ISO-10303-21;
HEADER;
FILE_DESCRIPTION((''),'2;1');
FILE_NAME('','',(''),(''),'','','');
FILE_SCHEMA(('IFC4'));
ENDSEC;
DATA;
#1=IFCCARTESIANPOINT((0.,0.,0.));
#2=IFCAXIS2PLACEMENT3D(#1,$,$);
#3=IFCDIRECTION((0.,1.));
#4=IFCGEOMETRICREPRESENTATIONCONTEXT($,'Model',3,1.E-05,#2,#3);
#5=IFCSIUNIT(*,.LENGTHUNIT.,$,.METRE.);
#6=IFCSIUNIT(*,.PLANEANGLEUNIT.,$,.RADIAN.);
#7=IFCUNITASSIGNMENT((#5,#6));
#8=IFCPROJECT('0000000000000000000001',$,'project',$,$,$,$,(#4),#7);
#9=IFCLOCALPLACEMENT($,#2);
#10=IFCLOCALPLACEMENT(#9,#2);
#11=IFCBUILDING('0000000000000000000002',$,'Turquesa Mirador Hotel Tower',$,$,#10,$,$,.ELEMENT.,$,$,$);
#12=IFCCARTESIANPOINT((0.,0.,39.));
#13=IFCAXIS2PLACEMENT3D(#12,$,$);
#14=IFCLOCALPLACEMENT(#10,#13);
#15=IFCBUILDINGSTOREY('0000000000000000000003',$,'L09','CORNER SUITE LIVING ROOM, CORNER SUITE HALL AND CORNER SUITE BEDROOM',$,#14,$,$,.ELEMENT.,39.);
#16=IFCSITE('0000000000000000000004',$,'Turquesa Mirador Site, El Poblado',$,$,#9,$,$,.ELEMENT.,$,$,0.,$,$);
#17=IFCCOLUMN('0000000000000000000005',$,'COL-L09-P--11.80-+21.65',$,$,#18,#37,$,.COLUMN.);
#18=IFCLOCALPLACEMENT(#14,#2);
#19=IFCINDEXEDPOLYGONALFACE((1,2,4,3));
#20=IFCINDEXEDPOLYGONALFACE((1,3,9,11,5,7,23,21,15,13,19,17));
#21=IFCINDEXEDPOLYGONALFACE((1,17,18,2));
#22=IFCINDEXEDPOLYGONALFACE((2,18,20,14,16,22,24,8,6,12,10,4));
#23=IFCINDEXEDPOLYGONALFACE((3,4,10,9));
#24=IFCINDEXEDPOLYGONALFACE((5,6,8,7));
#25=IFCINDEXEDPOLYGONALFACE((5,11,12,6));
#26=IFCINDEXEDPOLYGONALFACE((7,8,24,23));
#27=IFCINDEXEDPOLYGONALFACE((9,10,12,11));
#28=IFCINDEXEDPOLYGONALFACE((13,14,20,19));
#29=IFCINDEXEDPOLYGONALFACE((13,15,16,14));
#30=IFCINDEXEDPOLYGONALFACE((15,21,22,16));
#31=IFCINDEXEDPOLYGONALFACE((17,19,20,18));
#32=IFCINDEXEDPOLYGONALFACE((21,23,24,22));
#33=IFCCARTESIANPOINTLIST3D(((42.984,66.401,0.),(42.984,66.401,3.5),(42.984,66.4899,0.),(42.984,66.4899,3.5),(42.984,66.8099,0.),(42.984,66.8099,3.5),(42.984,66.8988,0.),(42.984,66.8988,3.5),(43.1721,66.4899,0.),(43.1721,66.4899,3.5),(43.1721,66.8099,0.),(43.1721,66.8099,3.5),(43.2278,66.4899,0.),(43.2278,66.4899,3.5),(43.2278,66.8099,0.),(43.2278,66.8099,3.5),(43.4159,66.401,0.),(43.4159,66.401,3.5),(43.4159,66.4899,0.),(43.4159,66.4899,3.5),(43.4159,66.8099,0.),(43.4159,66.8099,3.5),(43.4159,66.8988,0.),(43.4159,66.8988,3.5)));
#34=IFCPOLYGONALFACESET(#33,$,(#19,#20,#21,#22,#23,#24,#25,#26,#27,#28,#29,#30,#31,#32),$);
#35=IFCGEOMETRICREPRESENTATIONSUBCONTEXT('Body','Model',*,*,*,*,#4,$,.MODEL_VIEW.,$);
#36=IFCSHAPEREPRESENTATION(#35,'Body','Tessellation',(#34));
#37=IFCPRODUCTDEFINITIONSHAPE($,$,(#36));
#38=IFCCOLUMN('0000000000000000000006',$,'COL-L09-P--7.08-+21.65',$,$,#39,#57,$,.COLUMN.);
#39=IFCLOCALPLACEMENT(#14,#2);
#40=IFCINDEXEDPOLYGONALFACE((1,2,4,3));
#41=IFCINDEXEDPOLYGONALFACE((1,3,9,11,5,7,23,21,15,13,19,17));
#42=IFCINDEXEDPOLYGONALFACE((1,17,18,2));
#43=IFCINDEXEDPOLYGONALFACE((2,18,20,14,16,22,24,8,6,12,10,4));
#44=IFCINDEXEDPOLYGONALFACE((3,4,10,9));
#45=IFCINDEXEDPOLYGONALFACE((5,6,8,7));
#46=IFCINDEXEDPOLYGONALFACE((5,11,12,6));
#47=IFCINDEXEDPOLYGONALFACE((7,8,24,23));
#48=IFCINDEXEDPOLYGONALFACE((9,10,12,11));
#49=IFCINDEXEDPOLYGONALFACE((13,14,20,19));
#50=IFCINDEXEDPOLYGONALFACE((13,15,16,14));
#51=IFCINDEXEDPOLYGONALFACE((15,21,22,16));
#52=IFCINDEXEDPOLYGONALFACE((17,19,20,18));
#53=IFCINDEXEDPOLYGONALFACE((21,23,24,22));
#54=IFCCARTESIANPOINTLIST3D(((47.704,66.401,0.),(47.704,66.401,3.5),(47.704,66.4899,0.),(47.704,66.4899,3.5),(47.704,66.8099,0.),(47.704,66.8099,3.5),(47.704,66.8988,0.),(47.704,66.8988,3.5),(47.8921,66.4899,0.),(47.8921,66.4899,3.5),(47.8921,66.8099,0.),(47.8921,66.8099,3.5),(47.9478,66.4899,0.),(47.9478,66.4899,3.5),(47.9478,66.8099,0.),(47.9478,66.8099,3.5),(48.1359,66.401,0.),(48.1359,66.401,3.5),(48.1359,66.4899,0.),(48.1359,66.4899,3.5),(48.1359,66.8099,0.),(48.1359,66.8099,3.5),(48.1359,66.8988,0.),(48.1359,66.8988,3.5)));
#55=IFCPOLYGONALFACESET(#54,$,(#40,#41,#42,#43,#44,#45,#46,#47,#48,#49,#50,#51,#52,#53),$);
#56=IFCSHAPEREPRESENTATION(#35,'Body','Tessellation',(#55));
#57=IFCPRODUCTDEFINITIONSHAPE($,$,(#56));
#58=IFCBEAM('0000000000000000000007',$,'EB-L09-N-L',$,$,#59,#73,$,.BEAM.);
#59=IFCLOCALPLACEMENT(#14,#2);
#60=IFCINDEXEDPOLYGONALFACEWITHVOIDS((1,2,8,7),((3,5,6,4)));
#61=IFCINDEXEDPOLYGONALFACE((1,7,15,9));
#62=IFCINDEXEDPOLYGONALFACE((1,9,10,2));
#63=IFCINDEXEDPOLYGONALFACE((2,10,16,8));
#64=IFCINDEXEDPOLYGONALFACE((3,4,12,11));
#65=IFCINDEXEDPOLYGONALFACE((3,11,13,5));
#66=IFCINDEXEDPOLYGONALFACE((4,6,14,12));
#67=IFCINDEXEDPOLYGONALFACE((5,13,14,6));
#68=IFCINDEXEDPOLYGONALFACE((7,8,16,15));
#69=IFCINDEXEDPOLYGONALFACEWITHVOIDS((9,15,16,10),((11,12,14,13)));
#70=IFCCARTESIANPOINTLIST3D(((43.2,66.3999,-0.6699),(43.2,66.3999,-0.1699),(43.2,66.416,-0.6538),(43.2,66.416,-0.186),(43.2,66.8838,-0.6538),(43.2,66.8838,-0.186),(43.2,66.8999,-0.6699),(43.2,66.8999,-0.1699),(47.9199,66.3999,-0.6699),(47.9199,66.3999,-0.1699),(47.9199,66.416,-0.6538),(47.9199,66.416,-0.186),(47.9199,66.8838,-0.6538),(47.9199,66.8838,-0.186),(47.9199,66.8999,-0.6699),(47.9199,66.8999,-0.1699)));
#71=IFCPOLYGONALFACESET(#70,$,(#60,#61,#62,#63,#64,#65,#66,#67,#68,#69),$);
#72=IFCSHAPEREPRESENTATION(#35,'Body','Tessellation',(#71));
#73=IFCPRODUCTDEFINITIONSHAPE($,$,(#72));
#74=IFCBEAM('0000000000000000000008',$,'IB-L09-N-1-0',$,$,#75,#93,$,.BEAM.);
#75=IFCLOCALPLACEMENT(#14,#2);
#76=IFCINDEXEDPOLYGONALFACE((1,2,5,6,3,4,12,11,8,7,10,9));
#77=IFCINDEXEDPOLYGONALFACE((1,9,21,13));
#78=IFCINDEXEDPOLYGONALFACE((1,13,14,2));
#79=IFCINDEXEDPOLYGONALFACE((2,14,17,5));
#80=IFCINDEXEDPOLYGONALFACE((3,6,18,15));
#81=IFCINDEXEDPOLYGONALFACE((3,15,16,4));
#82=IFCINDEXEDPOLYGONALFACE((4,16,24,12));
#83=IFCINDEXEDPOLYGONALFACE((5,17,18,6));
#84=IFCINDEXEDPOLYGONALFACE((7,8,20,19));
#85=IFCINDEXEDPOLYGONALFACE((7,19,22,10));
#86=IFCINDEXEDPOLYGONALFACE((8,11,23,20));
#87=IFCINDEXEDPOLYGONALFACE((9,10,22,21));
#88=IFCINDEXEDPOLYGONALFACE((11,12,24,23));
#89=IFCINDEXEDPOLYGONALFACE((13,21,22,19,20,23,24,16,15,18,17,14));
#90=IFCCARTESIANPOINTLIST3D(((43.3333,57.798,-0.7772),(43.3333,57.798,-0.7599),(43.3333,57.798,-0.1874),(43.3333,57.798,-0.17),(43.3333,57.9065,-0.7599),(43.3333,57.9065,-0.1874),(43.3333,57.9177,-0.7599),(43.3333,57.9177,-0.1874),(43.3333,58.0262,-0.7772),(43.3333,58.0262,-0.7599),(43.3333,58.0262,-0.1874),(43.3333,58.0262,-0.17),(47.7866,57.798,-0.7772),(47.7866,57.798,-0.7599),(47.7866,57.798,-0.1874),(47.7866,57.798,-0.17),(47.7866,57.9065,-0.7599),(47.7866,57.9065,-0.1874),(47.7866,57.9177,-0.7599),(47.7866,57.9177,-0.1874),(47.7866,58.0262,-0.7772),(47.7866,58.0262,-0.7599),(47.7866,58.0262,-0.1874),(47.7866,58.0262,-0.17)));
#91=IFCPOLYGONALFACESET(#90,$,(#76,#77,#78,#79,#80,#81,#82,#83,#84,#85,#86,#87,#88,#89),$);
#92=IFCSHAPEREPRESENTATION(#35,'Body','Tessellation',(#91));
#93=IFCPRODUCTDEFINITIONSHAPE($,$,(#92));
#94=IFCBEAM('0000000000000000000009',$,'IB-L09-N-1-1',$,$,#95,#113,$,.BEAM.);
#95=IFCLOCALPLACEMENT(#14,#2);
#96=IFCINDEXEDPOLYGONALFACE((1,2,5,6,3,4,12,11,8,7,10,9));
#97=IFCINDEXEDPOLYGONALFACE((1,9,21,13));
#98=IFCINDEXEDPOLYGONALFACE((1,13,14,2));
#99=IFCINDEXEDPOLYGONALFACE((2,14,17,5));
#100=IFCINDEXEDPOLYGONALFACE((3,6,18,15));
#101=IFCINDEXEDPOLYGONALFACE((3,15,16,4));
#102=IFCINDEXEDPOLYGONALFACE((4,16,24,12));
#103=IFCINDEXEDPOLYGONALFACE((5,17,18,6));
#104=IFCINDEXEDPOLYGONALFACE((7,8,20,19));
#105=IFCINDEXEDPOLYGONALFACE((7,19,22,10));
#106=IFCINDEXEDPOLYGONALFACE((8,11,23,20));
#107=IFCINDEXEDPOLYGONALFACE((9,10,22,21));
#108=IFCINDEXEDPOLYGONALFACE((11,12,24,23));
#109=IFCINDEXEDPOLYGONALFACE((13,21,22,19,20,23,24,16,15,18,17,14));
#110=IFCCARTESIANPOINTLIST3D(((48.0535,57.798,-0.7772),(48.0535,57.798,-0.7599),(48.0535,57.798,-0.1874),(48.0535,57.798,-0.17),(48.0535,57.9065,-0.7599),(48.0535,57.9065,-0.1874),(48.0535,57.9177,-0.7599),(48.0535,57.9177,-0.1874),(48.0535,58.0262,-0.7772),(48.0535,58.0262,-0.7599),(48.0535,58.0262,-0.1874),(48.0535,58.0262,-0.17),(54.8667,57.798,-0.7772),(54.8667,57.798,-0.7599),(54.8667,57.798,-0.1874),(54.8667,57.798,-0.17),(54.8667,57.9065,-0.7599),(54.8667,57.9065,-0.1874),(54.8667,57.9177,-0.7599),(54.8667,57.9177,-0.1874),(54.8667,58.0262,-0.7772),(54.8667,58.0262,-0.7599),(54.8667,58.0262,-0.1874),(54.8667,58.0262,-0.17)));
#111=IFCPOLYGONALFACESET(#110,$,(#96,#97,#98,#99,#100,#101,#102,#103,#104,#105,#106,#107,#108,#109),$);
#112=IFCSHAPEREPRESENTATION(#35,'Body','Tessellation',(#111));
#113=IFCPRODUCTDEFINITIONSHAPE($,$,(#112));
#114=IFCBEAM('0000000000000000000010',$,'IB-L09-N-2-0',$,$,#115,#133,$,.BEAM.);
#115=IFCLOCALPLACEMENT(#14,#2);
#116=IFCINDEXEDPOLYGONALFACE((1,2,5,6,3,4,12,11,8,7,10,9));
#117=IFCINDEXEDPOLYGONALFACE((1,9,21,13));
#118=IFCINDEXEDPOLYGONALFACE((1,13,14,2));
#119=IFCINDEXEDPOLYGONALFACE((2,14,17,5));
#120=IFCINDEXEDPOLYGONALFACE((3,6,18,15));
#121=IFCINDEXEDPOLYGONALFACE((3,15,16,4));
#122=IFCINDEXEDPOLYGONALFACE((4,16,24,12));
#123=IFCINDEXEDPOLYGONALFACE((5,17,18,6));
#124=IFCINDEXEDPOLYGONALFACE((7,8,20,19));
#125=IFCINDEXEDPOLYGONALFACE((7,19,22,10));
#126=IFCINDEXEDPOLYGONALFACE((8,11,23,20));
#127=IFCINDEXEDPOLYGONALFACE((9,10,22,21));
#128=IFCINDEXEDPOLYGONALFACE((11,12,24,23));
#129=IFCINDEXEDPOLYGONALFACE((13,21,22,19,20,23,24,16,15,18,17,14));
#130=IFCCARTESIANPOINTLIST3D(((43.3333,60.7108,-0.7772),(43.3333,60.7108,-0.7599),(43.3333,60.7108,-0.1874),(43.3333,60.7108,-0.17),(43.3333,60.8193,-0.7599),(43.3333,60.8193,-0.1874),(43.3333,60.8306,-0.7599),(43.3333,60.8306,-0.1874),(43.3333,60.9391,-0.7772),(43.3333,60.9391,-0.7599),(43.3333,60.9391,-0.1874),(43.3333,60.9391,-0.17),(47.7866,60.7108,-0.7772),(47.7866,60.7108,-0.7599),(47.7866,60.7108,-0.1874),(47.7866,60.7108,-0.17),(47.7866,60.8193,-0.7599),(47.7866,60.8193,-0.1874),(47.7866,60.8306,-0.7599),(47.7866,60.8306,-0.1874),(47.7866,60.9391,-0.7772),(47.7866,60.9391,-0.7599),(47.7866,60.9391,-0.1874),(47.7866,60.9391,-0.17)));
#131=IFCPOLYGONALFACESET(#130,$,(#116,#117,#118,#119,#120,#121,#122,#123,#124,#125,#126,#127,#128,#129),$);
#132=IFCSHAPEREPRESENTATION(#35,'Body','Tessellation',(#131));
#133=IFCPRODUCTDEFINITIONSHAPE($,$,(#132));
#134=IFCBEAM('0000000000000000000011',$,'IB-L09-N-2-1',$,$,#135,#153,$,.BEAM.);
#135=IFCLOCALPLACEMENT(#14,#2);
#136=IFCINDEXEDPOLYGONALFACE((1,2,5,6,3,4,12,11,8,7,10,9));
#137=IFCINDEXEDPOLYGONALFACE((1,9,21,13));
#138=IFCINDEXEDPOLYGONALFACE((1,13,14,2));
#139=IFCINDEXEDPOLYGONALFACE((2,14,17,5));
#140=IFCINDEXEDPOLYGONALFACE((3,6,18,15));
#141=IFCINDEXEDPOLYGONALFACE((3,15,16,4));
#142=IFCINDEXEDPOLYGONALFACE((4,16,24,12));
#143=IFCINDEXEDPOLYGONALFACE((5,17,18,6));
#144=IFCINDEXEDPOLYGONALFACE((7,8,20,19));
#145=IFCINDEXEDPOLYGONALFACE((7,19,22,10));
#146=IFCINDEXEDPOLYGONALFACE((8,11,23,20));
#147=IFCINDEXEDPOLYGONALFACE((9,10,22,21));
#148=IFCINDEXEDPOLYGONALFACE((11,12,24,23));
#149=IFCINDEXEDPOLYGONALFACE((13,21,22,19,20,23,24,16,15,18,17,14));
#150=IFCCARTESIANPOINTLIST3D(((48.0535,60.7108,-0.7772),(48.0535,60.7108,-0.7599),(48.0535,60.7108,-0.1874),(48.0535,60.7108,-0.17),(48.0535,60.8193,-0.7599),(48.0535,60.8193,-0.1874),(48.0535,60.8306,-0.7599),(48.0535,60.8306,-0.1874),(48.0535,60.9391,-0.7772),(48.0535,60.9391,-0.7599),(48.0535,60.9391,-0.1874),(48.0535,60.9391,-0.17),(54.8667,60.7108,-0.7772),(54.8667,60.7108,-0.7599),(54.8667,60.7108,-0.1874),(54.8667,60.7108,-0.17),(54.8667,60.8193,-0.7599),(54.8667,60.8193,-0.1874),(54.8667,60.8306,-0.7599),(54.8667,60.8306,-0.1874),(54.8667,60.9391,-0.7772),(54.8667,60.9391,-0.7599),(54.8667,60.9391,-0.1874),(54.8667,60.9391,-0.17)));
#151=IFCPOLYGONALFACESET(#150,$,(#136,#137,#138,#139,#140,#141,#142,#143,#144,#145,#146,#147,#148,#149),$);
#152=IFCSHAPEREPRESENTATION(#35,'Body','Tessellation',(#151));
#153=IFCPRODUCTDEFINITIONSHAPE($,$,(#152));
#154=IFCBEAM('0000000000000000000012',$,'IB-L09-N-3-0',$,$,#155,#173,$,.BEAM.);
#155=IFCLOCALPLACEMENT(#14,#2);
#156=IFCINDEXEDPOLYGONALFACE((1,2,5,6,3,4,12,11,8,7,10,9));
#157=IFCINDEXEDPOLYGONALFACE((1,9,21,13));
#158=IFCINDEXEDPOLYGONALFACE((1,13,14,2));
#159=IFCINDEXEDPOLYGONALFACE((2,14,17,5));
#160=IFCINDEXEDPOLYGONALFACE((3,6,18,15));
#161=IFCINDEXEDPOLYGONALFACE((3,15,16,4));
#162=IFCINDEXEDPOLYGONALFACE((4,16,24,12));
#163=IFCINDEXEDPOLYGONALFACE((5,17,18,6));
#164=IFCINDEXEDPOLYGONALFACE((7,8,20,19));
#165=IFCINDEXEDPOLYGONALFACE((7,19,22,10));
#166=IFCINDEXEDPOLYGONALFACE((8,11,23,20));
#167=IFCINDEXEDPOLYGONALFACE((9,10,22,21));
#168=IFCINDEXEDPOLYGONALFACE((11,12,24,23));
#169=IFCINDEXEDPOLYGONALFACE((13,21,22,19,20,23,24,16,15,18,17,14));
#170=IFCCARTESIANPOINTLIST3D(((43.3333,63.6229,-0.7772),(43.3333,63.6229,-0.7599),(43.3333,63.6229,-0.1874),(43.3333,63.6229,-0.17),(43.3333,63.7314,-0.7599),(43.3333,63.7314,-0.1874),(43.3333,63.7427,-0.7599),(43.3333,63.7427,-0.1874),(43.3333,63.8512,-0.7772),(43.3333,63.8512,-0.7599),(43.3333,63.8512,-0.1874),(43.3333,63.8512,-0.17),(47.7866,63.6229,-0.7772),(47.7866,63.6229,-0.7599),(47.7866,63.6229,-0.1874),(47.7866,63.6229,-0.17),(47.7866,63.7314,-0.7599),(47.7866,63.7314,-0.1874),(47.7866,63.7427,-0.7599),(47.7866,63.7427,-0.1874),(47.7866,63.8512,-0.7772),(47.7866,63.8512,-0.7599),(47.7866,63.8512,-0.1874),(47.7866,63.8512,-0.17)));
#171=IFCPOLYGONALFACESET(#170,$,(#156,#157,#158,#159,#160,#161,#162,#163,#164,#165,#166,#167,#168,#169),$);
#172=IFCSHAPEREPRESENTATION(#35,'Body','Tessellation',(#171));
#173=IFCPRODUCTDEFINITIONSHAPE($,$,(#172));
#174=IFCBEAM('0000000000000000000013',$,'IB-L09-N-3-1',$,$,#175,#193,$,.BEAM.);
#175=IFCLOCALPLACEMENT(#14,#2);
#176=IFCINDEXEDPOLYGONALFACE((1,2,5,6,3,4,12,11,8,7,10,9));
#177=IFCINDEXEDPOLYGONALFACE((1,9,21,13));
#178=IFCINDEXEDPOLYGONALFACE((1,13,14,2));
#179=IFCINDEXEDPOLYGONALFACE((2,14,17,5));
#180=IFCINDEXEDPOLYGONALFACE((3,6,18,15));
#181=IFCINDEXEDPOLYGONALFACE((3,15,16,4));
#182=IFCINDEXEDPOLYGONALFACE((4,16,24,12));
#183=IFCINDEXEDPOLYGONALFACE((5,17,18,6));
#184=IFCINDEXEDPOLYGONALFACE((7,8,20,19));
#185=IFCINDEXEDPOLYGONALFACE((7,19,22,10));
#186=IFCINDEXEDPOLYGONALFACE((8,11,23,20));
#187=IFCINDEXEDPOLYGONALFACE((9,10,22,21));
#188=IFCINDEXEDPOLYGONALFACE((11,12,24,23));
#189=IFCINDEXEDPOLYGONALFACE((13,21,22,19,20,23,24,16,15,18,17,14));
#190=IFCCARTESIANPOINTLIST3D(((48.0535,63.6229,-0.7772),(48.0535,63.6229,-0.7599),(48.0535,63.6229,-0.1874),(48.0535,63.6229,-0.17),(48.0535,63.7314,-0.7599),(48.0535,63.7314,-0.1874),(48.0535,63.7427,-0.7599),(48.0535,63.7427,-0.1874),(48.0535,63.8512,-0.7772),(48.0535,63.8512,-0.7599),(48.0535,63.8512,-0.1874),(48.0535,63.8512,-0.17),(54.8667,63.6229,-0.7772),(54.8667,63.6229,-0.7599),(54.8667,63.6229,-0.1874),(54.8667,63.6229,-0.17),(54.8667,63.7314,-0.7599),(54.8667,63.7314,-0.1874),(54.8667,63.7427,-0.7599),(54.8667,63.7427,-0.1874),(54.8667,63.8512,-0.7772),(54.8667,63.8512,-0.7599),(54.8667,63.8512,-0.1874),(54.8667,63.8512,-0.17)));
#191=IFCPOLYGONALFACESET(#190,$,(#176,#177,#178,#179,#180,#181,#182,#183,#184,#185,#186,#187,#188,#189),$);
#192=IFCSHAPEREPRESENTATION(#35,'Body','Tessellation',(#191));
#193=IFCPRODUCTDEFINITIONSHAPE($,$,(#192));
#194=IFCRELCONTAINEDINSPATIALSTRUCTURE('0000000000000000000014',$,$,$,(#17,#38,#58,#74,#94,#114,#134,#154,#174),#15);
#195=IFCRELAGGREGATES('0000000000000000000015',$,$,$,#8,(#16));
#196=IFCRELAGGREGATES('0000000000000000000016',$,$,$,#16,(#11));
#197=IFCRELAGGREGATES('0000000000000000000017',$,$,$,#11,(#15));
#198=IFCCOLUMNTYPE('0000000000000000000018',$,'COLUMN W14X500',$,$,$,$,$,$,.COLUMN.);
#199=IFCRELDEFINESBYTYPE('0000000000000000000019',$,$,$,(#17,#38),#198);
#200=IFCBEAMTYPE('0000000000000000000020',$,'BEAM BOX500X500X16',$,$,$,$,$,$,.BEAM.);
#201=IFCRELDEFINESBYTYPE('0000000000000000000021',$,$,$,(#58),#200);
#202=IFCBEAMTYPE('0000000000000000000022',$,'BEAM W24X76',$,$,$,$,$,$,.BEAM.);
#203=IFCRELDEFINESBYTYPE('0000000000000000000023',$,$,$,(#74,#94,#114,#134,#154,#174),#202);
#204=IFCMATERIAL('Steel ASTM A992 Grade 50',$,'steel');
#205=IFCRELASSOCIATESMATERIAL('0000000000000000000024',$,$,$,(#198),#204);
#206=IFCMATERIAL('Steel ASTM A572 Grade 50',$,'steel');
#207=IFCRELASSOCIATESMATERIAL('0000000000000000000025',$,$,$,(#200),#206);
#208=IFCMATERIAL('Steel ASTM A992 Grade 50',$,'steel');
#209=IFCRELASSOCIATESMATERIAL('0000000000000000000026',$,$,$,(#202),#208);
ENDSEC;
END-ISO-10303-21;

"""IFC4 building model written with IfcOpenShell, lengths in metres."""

from ifc_helpers import new_model, si_unit, direction, frame, origin, origin_2d, place, context, subcontext, project, spatial, hollow_rectangle, i_section, extrude, material, material_profile, profile_set, type_object, element, save


model = new_model("IFC4")

# Units and contexts
model_context = context("Model", 3, precision=1e-05, world=origin(), true_north=direction((0.0, 1.0)))
body_context = subcontext(model_context, "Body", "Model", "MODEL_VIEW")
ifc_project = project(units=[si_unit("LENGTHUNIT", "METRE"), si_unit("PLANEANGLEUNIT", "RADIAN")], contexts=[model_context])

# Site, building, storey
site_placement = place(None, origin())
site = spatial("IfcSite", under=ifc_project, at=site_placement, Name="Turquesa Mirador Site, El Poblado", CompositionType="ELEMENT", RefElevation=0.0)
building_placement = place(site_placement, origin())
building = spatial("IfcBuilding", under=site, at=building_placement, Name="Turquesa Mirador Hotel Tower", CompositionType="ELEMENT")
storey_placement = place(building_placement, frame((0.0, 0.0, 39.0)))
storey = spatial("IfcBuildingStorey", under=building, at=storey_placement, Name="L09", Description="CORNER SUITE LIVING ROOM, CORNER SUITE HALL AND CORNER SUITE BEDROOM", CompositionType="ELEMENT", Elevation=39.0)

# Columns
ifc_material_1 = material(Name="Steel ASTM A992 Grade 50", Category="steel")
ifc_material_profile_1 = material_profile(ifc_material_1, i_section(OverallWidth=0.4319, OverallDepth=0.4978, WebThickness=0.0557, FlangeThickness=0.0889, at=origin_2d()), Name="W14X500")
ifc_profile_set_1 = profile_set([ifc_material_profile_1], Name="Steel ASTM A992 Grade 50")
column_type = type_object("IfcColumnType", Name="COLUMN W14X500", PredefinedType="COLUMN", material=ifc_profile_set_1)
for number, where, z_axis, x_axis, name in (
    (1, (43.2, 66.6499, 0.0), (0.0, 0.0, 1.0), (1.0, 0.0, 0.0), "COL-L09-P--11.80-+21.65"),
    (2, (47.9199, 66.6499, 0.0), (0.0, 0.0, 1.0), (1.0, 0.0, 0.0), "COL-L09-P--7.08-+21.65"),
):
    element("IfcColumn", number, at=place(storey_placement, frame(where, z_axis=z_axis, x_axis=x_axis)), inside=storey, type_object=column_type, Name=name, PredefinedType="COLUMN", context=body_context, shape_type="SweptSolid", body=[
        extrude(i_section(OverallWidth=0.4319, OverallDepth=0.4978, WebThickness=0.0557, FlangeThickness=0.0889, at=origin_2d()), origin(), (0.0, 0.0, 1.0), 3.5),
    ])

# Beams
ifc_material_2 = material(Name="Steel ASTM A572 Grade 50", Category="steel")
ifc_material_profile_2 = material_profile(ifc_material_2, hollow_rectangle(XDim=0.5, YDim=0.5, WallThickness=0.0161, at=origin_2d()), Name="BOX500X500X16")
ifc_profile_set_2 = profile_set([ifc_material_profile_2], Name="Steel ASTM A572 Grade 50")
beam_type_1 = type_object("IfcBeamType", Name="BEAM BOX500X500X16", PredefinedType="BEAM", material=ifc_profile_set_2)
beam_1_placement = place(storey_placement, frame((43.2, 66.6499, -0.4199), z_axis=(1.0, 0.0, 0.0), x_axis=(0.0, 1.0, 0.0)))
element("IfcBeam", 3, at=beam_1_placement, inside=storey, type_object=beam_type_1, Name="EB-L09-N-L", PredefinedType="BEAM", context=body_context, shape_type="SweptSolid", body=[
    extrude(hollow_rectangle(XDim=0.5, YDim=0.5, WallThickness=0.0161, at=origin_2d()), origin(), (0.0, 0.0, 1.0), 4.72),
])
ifc_material_3 = material(Name="Steel ASTM A992 Grade 50", Category="steel")
ifc_material_profile_3 = material_profile(ifc_material_3, i_section(OverallWidth=0.2283, OverallDepth=0.6072, WebThickness=0.0112, FlangeThickness=0.0173, at=origin_2d()), Name="W24X76")
ifc_profile_set_3 = profile_set([ifc_material_profile_3], Name="Steel ASTM A992 Grade 50")
beam_type_2 = type_object("IfcBeamType", Name="BEAM W24X76", PredefinedType="BEAM", material=ifc_profile_set_3)
beam_2_placement = place(storey_placement, frame((43.3333, 57.9121, -0.4736), z_axis=(1.0, 0.0, 0.0), x_axis=(0.0, 1.0, 0.0)))
element("IfcBeam", 4, at=beam_2_placement, inside=storey, type_object=beam_type_2, Name="IB-L09-N-1-0", PredefinedType="BEAM", context=body_context, shape_type="SweptSolid", body=[
    extrude(i_section(OverallWidth=0.2283, OverallDepth=0.6072, WebThickness=0.0112, FlangeThickness=0.0173, at=origin_2d()), origin(), (0.0, 0.0, 1.0), 4.4534),
])
beam_3_placement = place(storey_placement, frame((48.0535, 57.9121, -0.4736), z_axis=(1.0, 0.0, 0.0), x_axis=(0.0, 1.0, 0.0)))
element("IfcBeam", 5, at=beam_3_placement, inside=storey, type_object=beam_type_2, Name="IB-L09-N-1-1", PredefinedType="BEAM", context=body_context, shape_type="SweptSolid", body=[
    extrude(i_section(OverallWidth=0.2283, OverallDepth=0.6072, WebThickness=0.0112, FlangeThickness=0.0173, at=origin_2d()), origin(), (0.0, 0.0, 1.0), 6.8132),
])
beam_4_placement = place(storey_placement, frame((43.3333, 60.825, -0.4736), z_axis=(1.0, 0.0, 0.0), x_axis=(0.0, 1.0, 0.0)))
element("IfcBeam", 6, at=beam_4_placement, inside=storey, type_object=beam_type_2, Name="IB-L09-N-2-0", PredefinedType="BEAM", context=body_context, shape_type="SweptSolid", body=[
    extrude(i_section(OverallWidth=0.2283, OverallDepth=0.6072, WebThickness=0.0112, FlangeThickness=0.0173, at=origin_2d()), origin(), (0.0, 0.0, 1.0), 4.4534),
])
beam_5_placement = place(storey_placement, frame((48.0535, 60.825, -0.4736), z_axis=(1.0, 0.0, 0.0), x_axis=(0.0, 1.0, 0.0)))
element("IfcBeam", 7, at=beam_5_placement, inside=storey, type_object=beam_type_2, Name="IB-L09-N-2-1", PredefinedType="BEAM", context=body_context, shape_type="SweptSolid", body=[
    extrude(i_section(OverallWidth=0.2283, OverallDepth=0.6072, WebThickness=0.0112, FlangeThickness=0.0173, at=origin_2d()), origin(), (0.0, 0.0, 1.0), 6.8132),
])
beam_6_placement = place(storey_placement, frame((43.3333, 63.7371, -0.4736), z_axis=(1.0, 0.0, 0.0), x_axis=(0.0, 1.0, 0.0)))
element("IfcBeam", 8, at=beam_6_placement, inside=storey, type_object=beam_type_2, Name="IB-L09-N-3-0", PredefinedType="BEAM", context=body_context, shape_type="SweptSolid", body=[
    extrude(i_section(OverallWidth=0.2283, OverallDepth=0.6072, WebThickness=0.0112, FlangeThickness=0.0173, at=origin_2d()), origin(), (0.0, 0.0, 1.0), 4.4534),
])
beam_7_placement = place(storey_placement, frame((48.0535, 63.7371, -0.4736), z_axis=(1.0, 0.0, 0.0), x_axis=(0.0, 1.0, 0.0)))
element("IfcBeam", 9, at=beam_7_placement, inside=storey, type_object=beam_type_2, Name="IB-L09-N-3-1", PredefinedType="BEAM", context=body_context, shape_type="SweptSolid", body=[
    extrude(i_section(OverallWidth=0.2283, OverallDepth=0.6072, WebThickness=0.0112, FlangeThickness=0.0173, at=origin_2d()), origin(), (0.0, 0.0, 1.0), 6.8132),
])

save(model, "model.ifc")
